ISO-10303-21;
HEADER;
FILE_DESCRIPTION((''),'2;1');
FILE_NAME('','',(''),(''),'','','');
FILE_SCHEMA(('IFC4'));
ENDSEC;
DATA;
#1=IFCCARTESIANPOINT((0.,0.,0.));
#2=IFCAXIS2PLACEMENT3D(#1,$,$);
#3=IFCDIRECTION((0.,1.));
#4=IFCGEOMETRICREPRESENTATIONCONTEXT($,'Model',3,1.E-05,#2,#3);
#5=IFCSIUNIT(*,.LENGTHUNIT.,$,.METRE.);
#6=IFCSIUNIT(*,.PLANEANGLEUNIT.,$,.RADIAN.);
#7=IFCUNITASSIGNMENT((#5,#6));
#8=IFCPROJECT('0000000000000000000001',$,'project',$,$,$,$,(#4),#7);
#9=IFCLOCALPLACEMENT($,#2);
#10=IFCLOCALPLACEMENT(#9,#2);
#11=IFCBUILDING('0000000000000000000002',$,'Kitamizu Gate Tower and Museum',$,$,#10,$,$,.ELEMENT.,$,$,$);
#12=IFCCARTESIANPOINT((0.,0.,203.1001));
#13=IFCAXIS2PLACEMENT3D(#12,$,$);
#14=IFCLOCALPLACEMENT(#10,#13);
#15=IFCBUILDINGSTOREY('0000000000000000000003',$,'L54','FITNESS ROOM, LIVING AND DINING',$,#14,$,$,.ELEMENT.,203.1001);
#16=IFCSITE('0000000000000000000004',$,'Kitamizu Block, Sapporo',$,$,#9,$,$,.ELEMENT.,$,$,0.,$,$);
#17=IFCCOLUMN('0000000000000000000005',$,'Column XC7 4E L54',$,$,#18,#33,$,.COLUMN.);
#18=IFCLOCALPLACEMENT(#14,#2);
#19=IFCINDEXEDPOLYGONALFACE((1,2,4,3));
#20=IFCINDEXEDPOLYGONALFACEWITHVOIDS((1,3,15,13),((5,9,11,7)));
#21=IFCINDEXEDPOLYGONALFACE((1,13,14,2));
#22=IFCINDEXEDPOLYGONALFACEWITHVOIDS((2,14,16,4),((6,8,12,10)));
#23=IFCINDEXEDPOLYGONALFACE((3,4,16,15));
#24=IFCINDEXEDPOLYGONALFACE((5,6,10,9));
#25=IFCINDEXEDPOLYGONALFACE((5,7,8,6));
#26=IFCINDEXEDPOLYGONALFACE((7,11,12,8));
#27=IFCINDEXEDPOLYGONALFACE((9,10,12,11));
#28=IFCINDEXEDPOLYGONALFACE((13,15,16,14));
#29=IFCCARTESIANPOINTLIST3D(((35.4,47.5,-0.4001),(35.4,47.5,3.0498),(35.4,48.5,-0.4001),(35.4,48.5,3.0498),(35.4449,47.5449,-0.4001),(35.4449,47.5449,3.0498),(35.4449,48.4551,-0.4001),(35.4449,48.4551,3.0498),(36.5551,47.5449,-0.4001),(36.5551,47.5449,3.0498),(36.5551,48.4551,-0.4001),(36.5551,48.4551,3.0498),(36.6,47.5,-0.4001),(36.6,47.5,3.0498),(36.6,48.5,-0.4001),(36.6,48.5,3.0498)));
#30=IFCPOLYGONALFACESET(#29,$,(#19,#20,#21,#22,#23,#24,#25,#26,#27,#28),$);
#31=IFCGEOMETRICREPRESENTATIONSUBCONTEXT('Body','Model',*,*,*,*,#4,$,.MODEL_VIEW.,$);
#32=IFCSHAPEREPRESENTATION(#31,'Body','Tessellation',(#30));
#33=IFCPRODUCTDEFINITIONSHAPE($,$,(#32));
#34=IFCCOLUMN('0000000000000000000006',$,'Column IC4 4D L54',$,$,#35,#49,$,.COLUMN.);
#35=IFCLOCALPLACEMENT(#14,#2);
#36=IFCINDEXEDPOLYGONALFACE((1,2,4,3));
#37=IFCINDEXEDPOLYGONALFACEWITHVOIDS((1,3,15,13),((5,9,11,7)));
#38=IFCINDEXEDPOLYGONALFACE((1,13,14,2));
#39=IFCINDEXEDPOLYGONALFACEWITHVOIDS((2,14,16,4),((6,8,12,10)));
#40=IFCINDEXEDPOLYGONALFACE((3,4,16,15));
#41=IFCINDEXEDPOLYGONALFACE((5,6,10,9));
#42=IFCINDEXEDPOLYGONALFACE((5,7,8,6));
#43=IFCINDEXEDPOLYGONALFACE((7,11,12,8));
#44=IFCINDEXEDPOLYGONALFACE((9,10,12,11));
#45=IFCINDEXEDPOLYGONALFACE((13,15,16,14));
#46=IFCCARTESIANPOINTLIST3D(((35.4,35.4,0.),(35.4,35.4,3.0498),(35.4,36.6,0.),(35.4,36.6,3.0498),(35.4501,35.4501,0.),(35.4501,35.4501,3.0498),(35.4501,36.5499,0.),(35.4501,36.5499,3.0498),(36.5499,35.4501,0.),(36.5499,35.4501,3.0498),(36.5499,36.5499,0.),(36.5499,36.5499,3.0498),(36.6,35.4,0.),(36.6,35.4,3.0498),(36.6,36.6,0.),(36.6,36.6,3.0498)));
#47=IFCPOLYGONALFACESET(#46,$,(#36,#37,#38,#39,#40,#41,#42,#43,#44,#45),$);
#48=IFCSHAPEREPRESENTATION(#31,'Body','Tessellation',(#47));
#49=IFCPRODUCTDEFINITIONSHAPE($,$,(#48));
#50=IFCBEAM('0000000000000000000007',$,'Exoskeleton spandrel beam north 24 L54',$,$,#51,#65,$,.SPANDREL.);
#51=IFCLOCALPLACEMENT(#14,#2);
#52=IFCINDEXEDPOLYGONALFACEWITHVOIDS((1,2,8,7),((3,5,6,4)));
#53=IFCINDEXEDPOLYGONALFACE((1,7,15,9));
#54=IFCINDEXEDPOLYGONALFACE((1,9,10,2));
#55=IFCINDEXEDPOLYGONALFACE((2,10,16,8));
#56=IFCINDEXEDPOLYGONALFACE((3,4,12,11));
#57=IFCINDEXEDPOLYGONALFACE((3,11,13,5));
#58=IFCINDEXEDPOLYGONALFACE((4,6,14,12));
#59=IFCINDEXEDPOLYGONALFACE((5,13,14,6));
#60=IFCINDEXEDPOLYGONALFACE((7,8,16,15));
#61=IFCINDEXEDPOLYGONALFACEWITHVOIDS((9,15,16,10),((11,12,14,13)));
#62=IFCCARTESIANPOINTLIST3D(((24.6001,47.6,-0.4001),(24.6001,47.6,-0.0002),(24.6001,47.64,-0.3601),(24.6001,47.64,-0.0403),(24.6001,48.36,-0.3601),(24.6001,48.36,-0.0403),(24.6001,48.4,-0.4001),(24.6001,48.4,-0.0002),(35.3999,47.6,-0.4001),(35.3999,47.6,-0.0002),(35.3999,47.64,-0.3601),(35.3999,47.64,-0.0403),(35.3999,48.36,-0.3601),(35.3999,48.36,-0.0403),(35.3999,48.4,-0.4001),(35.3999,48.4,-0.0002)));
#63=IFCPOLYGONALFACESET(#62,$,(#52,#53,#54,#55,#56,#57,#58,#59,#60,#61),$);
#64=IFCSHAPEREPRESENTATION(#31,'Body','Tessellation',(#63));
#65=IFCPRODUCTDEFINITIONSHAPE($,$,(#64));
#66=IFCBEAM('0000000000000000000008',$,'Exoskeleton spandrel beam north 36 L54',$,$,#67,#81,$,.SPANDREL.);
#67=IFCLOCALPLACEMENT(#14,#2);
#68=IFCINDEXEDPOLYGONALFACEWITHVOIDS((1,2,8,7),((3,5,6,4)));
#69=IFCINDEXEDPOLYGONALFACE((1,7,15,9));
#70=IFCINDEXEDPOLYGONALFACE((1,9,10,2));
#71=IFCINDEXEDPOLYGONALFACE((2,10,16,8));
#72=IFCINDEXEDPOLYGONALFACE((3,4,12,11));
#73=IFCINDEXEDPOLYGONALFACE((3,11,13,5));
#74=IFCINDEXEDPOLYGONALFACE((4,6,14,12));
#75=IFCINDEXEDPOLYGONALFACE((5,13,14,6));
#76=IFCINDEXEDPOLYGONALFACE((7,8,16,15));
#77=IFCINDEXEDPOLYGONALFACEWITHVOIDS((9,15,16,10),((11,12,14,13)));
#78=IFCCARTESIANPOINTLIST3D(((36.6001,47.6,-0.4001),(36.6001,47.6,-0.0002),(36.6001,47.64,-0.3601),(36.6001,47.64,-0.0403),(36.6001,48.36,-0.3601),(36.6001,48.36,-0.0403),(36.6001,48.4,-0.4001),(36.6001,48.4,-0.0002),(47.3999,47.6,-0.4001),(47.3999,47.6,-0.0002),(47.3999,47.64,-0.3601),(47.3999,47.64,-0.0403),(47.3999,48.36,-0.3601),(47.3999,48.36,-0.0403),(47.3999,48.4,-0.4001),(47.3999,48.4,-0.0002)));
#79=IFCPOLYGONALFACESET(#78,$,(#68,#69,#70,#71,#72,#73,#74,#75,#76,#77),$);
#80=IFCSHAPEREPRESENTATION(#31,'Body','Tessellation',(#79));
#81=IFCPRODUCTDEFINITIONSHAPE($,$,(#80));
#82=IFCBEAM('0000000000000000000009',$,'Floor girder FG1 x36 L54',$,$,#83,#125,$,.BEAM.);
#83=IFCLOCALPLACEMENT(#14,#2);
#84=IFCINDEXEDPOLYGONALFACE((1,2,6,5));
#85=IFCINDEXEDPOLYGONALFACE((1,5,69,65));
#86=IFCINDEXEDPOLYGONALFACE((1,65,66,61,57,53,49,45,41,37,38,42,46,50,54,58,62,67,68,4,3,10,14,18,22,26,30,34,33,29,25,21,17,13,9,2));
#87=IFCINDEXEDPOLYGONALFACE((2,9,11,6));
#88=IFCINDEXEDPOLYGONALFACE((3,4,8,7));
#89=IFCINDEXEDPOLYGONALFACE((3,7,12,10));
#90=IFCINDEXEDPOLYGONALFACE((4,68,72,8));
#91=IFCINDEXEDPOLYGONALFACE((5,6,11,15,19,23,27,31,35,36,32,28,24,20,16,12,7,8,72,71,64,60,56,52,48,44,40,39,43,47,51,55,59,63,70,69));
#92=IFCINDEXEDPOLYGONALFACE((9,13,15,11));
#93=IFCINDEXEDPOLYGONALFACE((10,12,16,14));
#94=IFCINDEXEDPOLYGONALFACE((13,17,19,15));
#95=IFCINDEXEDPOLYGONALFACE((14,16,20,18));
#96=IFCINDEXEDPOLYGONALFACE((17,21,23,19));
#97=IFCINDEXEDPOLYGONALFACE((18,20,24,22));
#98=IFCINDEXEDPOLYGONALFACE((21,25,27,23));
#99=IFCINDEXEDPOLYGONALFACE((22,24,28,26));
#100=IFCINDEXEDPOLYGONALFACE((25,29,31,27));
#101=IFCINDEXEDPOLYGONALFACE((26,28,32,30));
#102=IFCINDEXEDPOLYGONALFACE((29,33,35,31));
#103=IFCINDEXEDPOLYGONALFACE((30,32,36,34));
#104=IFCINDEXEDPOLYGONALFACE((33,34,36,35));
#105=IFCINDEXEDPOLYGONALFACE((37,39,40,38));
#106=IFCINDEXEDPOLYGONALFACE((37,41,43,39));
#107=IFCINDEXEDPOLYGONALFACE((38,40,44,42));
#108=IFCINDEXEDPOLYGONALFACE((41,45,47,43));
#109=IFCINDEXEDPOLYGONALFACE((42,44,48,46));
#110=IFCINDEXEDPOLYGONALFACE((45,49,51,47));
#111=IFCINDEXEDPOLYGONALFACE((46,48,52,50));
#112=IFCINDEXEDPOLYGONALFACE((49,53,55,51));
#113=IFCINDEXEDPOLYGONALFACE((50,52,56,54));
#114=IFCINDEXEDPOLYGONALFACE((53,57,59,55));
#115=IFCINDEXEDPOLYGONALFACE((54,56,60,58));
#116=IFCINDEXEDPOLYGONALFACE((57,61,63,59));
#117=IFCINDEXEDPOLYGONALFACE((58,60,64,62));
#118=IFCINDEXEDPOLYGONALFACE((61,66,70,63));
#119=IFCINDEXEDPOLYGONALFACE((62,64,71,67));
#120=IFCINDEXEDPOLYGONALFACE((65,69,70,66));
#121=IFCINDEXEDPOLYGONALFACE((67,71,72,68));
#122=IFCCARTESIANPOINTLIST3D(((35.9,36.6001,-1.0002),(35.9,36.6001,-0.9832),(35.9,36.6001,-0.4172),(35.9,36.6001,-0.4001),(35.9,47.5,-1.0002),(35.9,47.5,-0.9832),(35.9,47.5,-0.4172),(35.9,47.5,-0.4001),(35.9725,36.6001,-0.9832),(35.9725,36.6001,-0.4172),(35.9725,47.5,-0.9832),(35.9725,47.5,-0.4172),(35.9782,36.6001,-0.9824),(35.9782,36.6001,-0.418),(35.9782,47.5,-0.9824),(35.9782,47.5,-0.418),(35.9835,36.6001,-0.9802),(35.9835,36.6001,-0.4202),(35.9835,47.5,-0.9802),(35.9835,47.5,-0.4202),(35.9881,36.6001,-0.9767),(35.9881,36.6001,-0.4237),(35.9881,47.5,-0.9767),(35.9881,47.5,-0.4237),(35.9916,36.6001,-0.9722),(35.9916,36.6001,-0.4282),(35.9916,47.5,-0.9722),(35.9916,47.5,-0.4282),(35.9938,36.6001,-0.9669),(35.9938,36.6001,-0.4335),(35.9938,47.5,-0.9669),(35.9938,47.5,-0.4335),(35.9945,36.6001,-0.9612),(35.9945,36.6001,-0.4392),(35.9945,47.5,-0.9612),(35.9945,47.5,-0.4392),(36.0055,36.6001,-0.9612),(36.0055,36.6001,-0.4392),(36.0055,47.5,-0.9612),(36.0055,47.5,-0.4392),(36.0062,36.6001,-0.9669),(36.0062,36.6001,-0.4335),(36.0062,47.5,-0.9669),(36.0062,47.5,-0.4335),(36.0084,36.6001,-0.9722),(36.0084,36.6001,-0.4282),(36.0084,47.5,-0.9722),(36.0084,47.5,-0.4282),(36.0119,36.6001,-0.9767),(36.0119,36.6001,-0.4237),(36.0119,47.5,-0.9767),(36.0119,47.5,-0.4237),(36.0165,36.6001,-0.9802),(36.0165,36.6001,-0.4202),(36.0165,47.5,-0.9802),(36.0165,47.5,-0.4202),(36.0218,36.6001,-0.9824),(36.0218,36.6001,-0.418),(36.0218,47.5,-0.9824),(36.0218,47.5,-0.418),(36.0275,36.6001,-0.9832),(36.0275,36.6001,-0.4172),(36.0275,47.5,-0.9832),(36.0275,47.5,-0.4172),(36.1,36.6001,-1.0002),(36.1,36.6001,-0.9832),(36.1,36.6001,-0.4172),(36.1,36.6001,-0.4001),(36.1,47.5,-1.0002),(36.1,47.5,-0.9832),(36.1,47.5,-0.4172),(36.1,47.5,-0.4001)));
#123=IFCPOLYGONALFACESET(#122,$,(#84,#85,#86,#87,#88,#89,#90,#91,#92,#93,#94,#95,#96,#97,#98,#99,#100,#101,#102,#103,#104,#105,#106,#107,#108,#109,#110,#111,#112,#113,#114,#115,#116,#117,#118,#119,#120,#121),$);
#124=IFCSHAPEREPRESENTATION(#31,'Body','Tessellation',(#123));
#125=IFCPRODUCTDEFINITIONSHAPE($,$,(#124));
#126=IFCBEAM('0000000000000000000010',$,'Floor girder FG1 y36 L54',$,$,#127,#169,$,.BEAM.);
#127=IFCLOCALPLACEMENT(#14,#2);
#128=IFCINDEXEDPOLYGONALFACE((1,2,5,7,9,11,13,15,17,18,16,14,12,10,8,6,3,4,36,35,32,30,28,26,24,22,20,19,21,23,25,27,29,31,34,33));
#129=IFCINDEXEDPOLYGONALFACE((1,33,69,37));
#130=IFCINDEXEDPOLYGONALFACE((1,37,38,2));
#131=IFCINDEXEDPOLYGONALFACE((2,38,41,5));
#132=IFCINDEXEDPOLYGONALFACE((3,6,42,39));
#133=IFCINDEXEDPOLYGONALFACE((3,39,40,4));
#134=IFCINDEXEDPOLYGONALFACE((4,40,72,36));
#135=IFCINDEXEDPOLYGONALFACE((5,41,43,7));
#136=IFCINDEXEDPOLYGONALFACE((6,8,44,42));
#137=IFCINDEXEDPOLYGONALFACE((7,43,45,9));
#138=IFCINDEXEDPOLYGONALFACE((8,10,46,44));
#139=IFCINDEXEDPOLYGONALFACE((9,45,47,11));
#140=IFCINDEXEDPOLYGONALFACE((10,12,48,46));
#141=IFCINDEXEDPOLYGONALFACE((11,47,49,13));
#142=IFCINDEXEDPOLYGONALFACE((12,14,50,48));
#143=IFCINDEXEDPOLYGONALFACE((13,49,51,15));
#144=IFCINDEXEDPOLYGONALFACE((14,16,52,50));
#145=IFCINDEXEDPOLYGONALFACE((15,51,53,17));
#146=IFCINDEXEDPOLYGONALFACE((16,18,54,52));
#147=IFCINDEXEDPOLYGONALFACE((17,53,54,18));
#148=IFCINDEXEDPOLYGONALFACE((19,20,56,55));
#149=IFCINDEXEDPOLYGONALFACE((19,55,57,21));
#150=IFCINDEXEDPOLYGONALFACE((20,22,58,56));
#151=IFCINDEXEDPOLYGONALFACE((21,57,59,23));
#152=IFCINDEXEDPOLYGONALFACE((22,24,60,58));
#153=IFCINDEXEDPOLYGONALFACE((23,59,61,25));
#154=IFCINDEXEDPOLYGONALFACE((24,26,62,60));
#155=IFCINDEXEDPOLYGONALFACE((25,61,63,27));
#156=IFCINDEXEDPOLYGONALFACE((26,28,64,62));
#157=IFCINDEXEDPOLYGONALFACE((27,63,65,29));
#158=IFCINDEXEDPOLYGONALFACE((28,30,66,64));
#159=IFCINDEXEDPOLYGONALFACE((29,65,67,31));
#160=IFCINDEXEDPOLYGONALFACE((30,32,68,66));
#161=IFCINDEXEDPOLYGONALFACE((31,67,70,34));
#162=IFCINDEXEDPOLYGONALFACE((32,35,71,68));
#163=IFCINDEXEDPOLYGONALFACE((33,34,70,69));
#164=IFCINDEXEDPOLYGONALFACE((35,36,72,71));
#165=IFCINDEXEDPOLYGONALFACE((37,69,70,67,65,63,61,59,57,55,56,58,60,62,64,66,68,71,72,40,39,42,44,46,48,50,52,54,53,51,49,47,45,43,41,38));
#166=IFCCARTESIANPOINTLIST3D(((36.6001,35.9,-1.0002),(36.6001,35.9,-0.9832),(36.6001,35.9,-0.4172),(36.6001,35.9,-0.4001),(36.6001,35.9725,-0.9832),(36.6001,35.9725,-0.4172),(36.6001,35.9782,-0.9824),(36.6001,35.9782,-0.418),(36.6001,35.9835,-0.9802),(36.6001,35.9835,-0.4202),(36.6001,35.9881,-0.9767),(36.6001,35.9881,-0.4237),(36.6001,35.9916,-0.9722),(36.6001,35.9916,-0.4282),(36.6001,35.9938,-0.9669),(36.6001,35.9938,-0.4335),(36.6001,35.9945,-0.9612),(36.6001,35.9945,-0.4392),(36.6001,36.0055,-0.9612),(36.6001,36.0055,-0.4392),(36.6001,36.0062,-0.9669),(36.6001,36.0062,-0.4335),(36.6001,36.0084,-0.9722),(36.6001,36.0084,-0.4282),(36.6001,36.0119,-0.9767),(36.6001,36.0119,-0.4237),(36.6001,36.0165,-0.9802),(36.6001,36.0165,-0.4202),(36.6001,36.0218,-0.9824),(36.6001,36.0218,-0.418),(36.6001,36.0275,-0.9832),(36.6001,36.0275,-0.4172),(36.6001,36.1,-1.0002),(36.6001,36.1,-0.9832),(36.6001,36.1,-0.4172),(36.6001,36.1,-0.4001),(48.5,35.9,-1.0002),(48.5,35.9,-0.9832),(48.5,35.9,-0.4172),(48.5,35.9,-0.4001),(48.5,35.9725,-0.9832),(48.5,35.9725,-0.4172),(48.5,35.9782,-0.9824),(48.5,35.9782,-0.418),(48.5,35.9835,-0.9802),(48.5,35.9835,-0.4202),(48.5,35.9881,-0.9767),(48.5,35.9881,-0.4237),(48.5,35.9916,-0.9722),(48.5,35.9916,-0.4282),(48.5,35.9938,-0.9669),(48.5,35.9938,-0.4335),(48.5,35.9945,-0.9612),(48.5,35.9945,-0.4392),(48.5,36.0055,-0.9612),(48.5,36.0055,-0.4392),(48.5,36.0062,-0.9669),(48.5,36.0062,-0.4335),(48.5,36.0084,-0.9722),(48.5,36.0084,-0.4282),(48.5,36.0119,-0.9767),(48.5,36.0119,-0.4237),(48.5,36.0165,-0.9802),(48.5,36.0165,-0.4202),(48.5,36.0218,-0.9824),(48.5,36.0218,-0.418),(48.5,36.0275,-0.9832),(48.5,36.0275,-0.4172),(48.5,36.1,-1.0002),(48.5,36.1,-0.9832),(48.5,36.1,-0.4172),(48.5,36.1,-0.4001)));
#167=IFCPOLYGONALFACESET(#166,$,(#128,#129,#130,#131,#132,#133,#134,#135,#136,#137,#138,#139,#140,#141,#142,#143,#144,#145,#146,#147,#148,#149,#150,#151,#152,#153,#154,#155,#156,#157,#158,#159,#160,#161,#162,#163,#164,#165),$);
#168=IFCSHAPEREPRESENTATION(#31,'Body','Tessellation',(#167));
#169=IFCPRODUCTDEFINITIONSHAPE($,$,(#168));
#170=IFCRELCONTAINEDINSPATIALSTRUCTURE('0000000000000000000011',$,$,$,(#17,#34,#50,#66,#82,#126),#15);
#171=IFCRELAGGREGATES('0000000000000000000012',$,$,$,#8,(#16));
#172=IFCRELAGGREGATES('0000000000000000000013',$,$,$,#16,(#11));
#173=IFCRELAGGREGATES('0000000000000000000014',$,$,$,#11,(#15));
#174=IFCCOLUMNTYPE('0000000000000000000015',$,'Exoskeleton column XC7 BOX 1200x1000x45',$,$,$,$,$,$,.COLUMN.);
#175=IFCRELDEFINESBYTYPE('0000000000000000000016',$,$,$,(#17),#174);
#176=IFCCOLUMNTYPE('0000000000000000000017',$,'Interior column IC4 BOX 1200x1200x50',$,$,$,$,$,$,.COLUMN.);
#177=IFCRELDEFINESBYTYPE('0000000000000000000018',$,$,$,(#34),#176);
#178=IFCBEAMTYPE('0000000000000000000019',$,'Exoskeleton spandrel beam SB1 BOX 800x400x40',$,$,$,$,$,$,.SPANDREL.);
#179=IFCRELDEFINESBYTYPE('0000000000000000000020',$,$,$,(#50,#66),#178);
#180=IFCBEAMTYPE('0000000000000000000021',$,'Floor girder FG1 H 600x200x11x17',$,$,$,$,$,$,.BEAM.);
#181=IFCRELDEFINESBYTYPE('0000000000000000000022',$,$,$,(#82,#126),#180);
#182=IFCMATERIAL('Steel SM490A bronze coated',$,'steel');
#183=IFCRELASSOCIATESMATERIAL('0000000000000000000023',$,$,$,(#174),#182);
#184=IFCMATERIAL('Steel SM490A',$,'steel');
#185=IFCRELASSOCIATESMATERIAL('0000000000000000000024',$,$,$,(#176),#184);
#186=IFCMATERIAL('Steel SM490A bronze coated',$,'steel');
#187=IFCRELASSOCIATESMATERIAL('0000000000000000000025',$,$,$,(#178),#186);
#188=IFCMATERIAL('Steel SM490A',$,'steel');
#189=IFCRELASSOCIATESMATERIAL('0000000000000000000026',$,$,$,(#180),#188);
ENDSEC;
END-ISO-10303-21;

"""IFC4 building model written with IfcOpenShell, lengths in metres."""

from ifc_helpers import new_model, si_unit, direction, frame, origin, origin_2d, place, context, subcontext, project, spatial, hollow_rectangle, i_section, extrude, material, material_profile, profile_set, type_object, element, save


model = new_model("IFC4")

# Units and contexts
model_context = context("Model", 3, precision=1e-05, world=origin(), true_north=direction((0.0, 1.0)))
body_context = subcontext(model_context, "Body", "Model", "MODEL_VIEW")
ifc_project = project(units=[si_unit("LENGTHUNIT", "METRE"), si_unit("PLANEANGLEUNIT", "RADIAN")], contexts=[model_context])

# Site, building, storey
site_placement = place(None, origin())
site = spatial("IfcSite", under=ifc_project, at=site_placement, Name="Kitamizu Block, Sapporo", CompositionType="ELEMENT", RefElevation=0.0)
building_placement = place(site_placement, origin())
building = spatial("IfcBuilding", under=site, at=building_placement, Name="Kitamizu Gate Tower and Museum", CompositionType="ELEMENT")
storey_placement = place(building_placement, frame((0.0, 0.0, 203.1001)))
storey = spatial("IfcBuildingStorey", under=building, at=storey_placement, Name="L54", Description="FITNESS ROOM, LIVING AND DINING", CompositionType="ELEMENT", Elevation=203.1001)

# Columns
ifc_material_1 = material(Name="Steel SM490A bronze coated", Category="steel")
ifc_material_profile_1 = material_profile(ifc_material_1, hollow_rectangle(XDim=1.2, YDim=1.0, WallThickness=0.0449, at=origin_2d()), Name="BOX 1200x1000x45")
ifc_profile_set_1 = profile_set([ifc_material_profile_1], Name="Steel SM490A bronze coated")
column_type_1 = type_object("IfcColumnType", Name="Exoskeleton column XC7 BOX 1200x1000x45", PredefinedType="COLUMN", material=ifc_profile_set_1)
column_1_placement = place(storey_placement, frame((36.0, 48.0, -0.4001), z_axis=(0.0, 0.0, 1.0), x_axis=(1.0, 0.0, 0.0)))
element("IfcColumn", 1, at=column_1_placement, inside=storey, type_object=column_type_1, Name="Column XC7 4E L54", PredefinedType="COLUMN", context=body_context, shape_type="SweptSolid", body=[
    extrude(hollow_rectangle(XDim=1.2, YDim=1.0, WallThickness=0.0449, at=origin_2d()), origin(), (0.0, 0.0, 1.0), 3.45),
])
ifc_material_2 = material(Name="Steel SM490A", Category="steel")
ifc_material_profile_2 = material_profile(ifc_material_2, hollow_rectangle(XDim=1.2, YDim=1.2, WallThickness=0.05, at=origin_2d()), Name="BOX 1200x1200x50")
ifc_profile_set_2 = profile_set([ifc_material_profile_2], Name="Steel SM490A")
column_type_2 = type_object("IfcColumnType", Name="Interior column IC4 BOX 1200x1200x50", PredefinedType="COLUMN", material=ifc_profile_set_2)
column_2_placement = place(storey_placement, frame((36.0, 36.0, 0.0), z_axis=(0.0, 0.0, 1.0), x_axis=(1.0, 0.0, 0.0)))
element("IfcColumn", 2, at=column_2_placement, inside=storey, type_object=column_type_2, Name="Column IC4 4D L54", PredefinedType="COLUMN", context=body_context, shape_type="SweptSolid", body=[
    extrude(hollow_rectangle(XDim=1.2, YDim=1.2, WallThickness=0.05, at=origin_2d()), origin(), (0.0, 0.0, 1.0), 3.0498),
])

# Beams
ifc_material_3 = material(Name="Steel SM490A bronze coated", Category="steel")
ifc_material_profile_3 = material_profile(ifc_material_3, hollow_rectangle(XDim=0.8, YDim=0.3999, WallThickness=0.04, at=origin_2d()), Name="BOX 800x400x40")
ifc_profile_set_3 = profile_set([ifc_material_profile_3], Name="Steel SM490A bronze coated")
beam_type_1 = type_object("IfcBeamType", Name="Exoskeleton spandrel beam SB1 BOX 800x400x40", PredefinedType="SPANDREL", material=ifc_profile_set_3)
for number, where, z_axis, x_axis, name in (
    (3, (24.6001, 48.0, -0.2002), (1.0, 0.0, 0.0), (0.0, 1.0, 0.0), "Exoskeleton spandrel beam north 24 L54"),
    (4, (36.6001, 48.0, -0.2002), (1.0, 0.0, 0.0), (0.0, 1.0, 0.0), "Exoskeleton spandrel beam north 36 L54"),
):
    element("IfcBeam", number, at=place(storey_placement, frame(where, z_axis=z_axis, x_axis=x_axis)), inside=storey, type_object=beam_type_1, Name=name, PredefinedType="SPANDREL", context=body_context, shape_type="SweptSolid", body=[
        extrude(hollow_rectangle(XDim=0.8, YDim=0.3999, WallThickness=0.04, at=origin_2d()), origin(), (0.0, 0.0, 1.0), 10.7998),
    ])
ifc_material_4 = material(Name="Steel SM490A", Category="steel")
ifc_material_profile_4 = material_profile(ifc_material_4, i_section(OverallWidth=0.2, OverallDepth=0.6001, WebThickness=0.011, FlangeThickness=0.0171, FilletRadius=0.022, at=origin_2d()), Name="H-600x200x11x17")
ifc_profile_set_4 = profile_set([ifc_material_profile_4], Name="Steel SM490A")
beam_type_2 = type_object("IfcBeamType", Name="Floor girder FG1 H 600x200x11x17", PredefinedType="BEAM", material=ifc_profile_set_4)
beam_1_placement = place(storey_placement, frame((36.0, 36.6001, -0.7002), z_axis=(0.0, 1.0, 0.0), x_axis=(-1.0, 0.0, 0.0)))
element("IfcBeam", 5, at=beam_1_placement, inside=storey, type_object=beam_type_2, Name="Floor girder FG1 x36 L54", PredefinedType="BEAM", context=body_context, shape_type="SweptSolid", body=[
    extrude(i_section(OverallWidth=0.2, OverallDepth=0.6001, WebThickness=0.011, FlangeThickness=0.0171, FilletRadius=0.022, at=origin_2d()), origin(), (0.0, 0.0, 1.0), 10.8999),
])
beam_2_placement = place(storey_placement, frame((36.6001, 36.0, -0.7002), z_axis=(1.0, 0.0, 0.0), x_axis=(0.0, 1.0, 0.0)))
element("IfcBeam", 6, at=beam_2_placement, inside=storey, type_object=beam_type_2, Name="Floor girder FG1 y36 L54", PredefinedType="BEAM", context=body_context, shape_type="SweptSolid", body=[
    extrude(i_section(OverallWidth=0.2, OverallDepth=0.6001, WebThickness=0.011, FlangeThickness=0.0171, FilletRadius=0.022, at=origin_2d()), origin(), (0.0, 0.0, 1.0), 11.8999),
])

save(model, "model.ifc")
